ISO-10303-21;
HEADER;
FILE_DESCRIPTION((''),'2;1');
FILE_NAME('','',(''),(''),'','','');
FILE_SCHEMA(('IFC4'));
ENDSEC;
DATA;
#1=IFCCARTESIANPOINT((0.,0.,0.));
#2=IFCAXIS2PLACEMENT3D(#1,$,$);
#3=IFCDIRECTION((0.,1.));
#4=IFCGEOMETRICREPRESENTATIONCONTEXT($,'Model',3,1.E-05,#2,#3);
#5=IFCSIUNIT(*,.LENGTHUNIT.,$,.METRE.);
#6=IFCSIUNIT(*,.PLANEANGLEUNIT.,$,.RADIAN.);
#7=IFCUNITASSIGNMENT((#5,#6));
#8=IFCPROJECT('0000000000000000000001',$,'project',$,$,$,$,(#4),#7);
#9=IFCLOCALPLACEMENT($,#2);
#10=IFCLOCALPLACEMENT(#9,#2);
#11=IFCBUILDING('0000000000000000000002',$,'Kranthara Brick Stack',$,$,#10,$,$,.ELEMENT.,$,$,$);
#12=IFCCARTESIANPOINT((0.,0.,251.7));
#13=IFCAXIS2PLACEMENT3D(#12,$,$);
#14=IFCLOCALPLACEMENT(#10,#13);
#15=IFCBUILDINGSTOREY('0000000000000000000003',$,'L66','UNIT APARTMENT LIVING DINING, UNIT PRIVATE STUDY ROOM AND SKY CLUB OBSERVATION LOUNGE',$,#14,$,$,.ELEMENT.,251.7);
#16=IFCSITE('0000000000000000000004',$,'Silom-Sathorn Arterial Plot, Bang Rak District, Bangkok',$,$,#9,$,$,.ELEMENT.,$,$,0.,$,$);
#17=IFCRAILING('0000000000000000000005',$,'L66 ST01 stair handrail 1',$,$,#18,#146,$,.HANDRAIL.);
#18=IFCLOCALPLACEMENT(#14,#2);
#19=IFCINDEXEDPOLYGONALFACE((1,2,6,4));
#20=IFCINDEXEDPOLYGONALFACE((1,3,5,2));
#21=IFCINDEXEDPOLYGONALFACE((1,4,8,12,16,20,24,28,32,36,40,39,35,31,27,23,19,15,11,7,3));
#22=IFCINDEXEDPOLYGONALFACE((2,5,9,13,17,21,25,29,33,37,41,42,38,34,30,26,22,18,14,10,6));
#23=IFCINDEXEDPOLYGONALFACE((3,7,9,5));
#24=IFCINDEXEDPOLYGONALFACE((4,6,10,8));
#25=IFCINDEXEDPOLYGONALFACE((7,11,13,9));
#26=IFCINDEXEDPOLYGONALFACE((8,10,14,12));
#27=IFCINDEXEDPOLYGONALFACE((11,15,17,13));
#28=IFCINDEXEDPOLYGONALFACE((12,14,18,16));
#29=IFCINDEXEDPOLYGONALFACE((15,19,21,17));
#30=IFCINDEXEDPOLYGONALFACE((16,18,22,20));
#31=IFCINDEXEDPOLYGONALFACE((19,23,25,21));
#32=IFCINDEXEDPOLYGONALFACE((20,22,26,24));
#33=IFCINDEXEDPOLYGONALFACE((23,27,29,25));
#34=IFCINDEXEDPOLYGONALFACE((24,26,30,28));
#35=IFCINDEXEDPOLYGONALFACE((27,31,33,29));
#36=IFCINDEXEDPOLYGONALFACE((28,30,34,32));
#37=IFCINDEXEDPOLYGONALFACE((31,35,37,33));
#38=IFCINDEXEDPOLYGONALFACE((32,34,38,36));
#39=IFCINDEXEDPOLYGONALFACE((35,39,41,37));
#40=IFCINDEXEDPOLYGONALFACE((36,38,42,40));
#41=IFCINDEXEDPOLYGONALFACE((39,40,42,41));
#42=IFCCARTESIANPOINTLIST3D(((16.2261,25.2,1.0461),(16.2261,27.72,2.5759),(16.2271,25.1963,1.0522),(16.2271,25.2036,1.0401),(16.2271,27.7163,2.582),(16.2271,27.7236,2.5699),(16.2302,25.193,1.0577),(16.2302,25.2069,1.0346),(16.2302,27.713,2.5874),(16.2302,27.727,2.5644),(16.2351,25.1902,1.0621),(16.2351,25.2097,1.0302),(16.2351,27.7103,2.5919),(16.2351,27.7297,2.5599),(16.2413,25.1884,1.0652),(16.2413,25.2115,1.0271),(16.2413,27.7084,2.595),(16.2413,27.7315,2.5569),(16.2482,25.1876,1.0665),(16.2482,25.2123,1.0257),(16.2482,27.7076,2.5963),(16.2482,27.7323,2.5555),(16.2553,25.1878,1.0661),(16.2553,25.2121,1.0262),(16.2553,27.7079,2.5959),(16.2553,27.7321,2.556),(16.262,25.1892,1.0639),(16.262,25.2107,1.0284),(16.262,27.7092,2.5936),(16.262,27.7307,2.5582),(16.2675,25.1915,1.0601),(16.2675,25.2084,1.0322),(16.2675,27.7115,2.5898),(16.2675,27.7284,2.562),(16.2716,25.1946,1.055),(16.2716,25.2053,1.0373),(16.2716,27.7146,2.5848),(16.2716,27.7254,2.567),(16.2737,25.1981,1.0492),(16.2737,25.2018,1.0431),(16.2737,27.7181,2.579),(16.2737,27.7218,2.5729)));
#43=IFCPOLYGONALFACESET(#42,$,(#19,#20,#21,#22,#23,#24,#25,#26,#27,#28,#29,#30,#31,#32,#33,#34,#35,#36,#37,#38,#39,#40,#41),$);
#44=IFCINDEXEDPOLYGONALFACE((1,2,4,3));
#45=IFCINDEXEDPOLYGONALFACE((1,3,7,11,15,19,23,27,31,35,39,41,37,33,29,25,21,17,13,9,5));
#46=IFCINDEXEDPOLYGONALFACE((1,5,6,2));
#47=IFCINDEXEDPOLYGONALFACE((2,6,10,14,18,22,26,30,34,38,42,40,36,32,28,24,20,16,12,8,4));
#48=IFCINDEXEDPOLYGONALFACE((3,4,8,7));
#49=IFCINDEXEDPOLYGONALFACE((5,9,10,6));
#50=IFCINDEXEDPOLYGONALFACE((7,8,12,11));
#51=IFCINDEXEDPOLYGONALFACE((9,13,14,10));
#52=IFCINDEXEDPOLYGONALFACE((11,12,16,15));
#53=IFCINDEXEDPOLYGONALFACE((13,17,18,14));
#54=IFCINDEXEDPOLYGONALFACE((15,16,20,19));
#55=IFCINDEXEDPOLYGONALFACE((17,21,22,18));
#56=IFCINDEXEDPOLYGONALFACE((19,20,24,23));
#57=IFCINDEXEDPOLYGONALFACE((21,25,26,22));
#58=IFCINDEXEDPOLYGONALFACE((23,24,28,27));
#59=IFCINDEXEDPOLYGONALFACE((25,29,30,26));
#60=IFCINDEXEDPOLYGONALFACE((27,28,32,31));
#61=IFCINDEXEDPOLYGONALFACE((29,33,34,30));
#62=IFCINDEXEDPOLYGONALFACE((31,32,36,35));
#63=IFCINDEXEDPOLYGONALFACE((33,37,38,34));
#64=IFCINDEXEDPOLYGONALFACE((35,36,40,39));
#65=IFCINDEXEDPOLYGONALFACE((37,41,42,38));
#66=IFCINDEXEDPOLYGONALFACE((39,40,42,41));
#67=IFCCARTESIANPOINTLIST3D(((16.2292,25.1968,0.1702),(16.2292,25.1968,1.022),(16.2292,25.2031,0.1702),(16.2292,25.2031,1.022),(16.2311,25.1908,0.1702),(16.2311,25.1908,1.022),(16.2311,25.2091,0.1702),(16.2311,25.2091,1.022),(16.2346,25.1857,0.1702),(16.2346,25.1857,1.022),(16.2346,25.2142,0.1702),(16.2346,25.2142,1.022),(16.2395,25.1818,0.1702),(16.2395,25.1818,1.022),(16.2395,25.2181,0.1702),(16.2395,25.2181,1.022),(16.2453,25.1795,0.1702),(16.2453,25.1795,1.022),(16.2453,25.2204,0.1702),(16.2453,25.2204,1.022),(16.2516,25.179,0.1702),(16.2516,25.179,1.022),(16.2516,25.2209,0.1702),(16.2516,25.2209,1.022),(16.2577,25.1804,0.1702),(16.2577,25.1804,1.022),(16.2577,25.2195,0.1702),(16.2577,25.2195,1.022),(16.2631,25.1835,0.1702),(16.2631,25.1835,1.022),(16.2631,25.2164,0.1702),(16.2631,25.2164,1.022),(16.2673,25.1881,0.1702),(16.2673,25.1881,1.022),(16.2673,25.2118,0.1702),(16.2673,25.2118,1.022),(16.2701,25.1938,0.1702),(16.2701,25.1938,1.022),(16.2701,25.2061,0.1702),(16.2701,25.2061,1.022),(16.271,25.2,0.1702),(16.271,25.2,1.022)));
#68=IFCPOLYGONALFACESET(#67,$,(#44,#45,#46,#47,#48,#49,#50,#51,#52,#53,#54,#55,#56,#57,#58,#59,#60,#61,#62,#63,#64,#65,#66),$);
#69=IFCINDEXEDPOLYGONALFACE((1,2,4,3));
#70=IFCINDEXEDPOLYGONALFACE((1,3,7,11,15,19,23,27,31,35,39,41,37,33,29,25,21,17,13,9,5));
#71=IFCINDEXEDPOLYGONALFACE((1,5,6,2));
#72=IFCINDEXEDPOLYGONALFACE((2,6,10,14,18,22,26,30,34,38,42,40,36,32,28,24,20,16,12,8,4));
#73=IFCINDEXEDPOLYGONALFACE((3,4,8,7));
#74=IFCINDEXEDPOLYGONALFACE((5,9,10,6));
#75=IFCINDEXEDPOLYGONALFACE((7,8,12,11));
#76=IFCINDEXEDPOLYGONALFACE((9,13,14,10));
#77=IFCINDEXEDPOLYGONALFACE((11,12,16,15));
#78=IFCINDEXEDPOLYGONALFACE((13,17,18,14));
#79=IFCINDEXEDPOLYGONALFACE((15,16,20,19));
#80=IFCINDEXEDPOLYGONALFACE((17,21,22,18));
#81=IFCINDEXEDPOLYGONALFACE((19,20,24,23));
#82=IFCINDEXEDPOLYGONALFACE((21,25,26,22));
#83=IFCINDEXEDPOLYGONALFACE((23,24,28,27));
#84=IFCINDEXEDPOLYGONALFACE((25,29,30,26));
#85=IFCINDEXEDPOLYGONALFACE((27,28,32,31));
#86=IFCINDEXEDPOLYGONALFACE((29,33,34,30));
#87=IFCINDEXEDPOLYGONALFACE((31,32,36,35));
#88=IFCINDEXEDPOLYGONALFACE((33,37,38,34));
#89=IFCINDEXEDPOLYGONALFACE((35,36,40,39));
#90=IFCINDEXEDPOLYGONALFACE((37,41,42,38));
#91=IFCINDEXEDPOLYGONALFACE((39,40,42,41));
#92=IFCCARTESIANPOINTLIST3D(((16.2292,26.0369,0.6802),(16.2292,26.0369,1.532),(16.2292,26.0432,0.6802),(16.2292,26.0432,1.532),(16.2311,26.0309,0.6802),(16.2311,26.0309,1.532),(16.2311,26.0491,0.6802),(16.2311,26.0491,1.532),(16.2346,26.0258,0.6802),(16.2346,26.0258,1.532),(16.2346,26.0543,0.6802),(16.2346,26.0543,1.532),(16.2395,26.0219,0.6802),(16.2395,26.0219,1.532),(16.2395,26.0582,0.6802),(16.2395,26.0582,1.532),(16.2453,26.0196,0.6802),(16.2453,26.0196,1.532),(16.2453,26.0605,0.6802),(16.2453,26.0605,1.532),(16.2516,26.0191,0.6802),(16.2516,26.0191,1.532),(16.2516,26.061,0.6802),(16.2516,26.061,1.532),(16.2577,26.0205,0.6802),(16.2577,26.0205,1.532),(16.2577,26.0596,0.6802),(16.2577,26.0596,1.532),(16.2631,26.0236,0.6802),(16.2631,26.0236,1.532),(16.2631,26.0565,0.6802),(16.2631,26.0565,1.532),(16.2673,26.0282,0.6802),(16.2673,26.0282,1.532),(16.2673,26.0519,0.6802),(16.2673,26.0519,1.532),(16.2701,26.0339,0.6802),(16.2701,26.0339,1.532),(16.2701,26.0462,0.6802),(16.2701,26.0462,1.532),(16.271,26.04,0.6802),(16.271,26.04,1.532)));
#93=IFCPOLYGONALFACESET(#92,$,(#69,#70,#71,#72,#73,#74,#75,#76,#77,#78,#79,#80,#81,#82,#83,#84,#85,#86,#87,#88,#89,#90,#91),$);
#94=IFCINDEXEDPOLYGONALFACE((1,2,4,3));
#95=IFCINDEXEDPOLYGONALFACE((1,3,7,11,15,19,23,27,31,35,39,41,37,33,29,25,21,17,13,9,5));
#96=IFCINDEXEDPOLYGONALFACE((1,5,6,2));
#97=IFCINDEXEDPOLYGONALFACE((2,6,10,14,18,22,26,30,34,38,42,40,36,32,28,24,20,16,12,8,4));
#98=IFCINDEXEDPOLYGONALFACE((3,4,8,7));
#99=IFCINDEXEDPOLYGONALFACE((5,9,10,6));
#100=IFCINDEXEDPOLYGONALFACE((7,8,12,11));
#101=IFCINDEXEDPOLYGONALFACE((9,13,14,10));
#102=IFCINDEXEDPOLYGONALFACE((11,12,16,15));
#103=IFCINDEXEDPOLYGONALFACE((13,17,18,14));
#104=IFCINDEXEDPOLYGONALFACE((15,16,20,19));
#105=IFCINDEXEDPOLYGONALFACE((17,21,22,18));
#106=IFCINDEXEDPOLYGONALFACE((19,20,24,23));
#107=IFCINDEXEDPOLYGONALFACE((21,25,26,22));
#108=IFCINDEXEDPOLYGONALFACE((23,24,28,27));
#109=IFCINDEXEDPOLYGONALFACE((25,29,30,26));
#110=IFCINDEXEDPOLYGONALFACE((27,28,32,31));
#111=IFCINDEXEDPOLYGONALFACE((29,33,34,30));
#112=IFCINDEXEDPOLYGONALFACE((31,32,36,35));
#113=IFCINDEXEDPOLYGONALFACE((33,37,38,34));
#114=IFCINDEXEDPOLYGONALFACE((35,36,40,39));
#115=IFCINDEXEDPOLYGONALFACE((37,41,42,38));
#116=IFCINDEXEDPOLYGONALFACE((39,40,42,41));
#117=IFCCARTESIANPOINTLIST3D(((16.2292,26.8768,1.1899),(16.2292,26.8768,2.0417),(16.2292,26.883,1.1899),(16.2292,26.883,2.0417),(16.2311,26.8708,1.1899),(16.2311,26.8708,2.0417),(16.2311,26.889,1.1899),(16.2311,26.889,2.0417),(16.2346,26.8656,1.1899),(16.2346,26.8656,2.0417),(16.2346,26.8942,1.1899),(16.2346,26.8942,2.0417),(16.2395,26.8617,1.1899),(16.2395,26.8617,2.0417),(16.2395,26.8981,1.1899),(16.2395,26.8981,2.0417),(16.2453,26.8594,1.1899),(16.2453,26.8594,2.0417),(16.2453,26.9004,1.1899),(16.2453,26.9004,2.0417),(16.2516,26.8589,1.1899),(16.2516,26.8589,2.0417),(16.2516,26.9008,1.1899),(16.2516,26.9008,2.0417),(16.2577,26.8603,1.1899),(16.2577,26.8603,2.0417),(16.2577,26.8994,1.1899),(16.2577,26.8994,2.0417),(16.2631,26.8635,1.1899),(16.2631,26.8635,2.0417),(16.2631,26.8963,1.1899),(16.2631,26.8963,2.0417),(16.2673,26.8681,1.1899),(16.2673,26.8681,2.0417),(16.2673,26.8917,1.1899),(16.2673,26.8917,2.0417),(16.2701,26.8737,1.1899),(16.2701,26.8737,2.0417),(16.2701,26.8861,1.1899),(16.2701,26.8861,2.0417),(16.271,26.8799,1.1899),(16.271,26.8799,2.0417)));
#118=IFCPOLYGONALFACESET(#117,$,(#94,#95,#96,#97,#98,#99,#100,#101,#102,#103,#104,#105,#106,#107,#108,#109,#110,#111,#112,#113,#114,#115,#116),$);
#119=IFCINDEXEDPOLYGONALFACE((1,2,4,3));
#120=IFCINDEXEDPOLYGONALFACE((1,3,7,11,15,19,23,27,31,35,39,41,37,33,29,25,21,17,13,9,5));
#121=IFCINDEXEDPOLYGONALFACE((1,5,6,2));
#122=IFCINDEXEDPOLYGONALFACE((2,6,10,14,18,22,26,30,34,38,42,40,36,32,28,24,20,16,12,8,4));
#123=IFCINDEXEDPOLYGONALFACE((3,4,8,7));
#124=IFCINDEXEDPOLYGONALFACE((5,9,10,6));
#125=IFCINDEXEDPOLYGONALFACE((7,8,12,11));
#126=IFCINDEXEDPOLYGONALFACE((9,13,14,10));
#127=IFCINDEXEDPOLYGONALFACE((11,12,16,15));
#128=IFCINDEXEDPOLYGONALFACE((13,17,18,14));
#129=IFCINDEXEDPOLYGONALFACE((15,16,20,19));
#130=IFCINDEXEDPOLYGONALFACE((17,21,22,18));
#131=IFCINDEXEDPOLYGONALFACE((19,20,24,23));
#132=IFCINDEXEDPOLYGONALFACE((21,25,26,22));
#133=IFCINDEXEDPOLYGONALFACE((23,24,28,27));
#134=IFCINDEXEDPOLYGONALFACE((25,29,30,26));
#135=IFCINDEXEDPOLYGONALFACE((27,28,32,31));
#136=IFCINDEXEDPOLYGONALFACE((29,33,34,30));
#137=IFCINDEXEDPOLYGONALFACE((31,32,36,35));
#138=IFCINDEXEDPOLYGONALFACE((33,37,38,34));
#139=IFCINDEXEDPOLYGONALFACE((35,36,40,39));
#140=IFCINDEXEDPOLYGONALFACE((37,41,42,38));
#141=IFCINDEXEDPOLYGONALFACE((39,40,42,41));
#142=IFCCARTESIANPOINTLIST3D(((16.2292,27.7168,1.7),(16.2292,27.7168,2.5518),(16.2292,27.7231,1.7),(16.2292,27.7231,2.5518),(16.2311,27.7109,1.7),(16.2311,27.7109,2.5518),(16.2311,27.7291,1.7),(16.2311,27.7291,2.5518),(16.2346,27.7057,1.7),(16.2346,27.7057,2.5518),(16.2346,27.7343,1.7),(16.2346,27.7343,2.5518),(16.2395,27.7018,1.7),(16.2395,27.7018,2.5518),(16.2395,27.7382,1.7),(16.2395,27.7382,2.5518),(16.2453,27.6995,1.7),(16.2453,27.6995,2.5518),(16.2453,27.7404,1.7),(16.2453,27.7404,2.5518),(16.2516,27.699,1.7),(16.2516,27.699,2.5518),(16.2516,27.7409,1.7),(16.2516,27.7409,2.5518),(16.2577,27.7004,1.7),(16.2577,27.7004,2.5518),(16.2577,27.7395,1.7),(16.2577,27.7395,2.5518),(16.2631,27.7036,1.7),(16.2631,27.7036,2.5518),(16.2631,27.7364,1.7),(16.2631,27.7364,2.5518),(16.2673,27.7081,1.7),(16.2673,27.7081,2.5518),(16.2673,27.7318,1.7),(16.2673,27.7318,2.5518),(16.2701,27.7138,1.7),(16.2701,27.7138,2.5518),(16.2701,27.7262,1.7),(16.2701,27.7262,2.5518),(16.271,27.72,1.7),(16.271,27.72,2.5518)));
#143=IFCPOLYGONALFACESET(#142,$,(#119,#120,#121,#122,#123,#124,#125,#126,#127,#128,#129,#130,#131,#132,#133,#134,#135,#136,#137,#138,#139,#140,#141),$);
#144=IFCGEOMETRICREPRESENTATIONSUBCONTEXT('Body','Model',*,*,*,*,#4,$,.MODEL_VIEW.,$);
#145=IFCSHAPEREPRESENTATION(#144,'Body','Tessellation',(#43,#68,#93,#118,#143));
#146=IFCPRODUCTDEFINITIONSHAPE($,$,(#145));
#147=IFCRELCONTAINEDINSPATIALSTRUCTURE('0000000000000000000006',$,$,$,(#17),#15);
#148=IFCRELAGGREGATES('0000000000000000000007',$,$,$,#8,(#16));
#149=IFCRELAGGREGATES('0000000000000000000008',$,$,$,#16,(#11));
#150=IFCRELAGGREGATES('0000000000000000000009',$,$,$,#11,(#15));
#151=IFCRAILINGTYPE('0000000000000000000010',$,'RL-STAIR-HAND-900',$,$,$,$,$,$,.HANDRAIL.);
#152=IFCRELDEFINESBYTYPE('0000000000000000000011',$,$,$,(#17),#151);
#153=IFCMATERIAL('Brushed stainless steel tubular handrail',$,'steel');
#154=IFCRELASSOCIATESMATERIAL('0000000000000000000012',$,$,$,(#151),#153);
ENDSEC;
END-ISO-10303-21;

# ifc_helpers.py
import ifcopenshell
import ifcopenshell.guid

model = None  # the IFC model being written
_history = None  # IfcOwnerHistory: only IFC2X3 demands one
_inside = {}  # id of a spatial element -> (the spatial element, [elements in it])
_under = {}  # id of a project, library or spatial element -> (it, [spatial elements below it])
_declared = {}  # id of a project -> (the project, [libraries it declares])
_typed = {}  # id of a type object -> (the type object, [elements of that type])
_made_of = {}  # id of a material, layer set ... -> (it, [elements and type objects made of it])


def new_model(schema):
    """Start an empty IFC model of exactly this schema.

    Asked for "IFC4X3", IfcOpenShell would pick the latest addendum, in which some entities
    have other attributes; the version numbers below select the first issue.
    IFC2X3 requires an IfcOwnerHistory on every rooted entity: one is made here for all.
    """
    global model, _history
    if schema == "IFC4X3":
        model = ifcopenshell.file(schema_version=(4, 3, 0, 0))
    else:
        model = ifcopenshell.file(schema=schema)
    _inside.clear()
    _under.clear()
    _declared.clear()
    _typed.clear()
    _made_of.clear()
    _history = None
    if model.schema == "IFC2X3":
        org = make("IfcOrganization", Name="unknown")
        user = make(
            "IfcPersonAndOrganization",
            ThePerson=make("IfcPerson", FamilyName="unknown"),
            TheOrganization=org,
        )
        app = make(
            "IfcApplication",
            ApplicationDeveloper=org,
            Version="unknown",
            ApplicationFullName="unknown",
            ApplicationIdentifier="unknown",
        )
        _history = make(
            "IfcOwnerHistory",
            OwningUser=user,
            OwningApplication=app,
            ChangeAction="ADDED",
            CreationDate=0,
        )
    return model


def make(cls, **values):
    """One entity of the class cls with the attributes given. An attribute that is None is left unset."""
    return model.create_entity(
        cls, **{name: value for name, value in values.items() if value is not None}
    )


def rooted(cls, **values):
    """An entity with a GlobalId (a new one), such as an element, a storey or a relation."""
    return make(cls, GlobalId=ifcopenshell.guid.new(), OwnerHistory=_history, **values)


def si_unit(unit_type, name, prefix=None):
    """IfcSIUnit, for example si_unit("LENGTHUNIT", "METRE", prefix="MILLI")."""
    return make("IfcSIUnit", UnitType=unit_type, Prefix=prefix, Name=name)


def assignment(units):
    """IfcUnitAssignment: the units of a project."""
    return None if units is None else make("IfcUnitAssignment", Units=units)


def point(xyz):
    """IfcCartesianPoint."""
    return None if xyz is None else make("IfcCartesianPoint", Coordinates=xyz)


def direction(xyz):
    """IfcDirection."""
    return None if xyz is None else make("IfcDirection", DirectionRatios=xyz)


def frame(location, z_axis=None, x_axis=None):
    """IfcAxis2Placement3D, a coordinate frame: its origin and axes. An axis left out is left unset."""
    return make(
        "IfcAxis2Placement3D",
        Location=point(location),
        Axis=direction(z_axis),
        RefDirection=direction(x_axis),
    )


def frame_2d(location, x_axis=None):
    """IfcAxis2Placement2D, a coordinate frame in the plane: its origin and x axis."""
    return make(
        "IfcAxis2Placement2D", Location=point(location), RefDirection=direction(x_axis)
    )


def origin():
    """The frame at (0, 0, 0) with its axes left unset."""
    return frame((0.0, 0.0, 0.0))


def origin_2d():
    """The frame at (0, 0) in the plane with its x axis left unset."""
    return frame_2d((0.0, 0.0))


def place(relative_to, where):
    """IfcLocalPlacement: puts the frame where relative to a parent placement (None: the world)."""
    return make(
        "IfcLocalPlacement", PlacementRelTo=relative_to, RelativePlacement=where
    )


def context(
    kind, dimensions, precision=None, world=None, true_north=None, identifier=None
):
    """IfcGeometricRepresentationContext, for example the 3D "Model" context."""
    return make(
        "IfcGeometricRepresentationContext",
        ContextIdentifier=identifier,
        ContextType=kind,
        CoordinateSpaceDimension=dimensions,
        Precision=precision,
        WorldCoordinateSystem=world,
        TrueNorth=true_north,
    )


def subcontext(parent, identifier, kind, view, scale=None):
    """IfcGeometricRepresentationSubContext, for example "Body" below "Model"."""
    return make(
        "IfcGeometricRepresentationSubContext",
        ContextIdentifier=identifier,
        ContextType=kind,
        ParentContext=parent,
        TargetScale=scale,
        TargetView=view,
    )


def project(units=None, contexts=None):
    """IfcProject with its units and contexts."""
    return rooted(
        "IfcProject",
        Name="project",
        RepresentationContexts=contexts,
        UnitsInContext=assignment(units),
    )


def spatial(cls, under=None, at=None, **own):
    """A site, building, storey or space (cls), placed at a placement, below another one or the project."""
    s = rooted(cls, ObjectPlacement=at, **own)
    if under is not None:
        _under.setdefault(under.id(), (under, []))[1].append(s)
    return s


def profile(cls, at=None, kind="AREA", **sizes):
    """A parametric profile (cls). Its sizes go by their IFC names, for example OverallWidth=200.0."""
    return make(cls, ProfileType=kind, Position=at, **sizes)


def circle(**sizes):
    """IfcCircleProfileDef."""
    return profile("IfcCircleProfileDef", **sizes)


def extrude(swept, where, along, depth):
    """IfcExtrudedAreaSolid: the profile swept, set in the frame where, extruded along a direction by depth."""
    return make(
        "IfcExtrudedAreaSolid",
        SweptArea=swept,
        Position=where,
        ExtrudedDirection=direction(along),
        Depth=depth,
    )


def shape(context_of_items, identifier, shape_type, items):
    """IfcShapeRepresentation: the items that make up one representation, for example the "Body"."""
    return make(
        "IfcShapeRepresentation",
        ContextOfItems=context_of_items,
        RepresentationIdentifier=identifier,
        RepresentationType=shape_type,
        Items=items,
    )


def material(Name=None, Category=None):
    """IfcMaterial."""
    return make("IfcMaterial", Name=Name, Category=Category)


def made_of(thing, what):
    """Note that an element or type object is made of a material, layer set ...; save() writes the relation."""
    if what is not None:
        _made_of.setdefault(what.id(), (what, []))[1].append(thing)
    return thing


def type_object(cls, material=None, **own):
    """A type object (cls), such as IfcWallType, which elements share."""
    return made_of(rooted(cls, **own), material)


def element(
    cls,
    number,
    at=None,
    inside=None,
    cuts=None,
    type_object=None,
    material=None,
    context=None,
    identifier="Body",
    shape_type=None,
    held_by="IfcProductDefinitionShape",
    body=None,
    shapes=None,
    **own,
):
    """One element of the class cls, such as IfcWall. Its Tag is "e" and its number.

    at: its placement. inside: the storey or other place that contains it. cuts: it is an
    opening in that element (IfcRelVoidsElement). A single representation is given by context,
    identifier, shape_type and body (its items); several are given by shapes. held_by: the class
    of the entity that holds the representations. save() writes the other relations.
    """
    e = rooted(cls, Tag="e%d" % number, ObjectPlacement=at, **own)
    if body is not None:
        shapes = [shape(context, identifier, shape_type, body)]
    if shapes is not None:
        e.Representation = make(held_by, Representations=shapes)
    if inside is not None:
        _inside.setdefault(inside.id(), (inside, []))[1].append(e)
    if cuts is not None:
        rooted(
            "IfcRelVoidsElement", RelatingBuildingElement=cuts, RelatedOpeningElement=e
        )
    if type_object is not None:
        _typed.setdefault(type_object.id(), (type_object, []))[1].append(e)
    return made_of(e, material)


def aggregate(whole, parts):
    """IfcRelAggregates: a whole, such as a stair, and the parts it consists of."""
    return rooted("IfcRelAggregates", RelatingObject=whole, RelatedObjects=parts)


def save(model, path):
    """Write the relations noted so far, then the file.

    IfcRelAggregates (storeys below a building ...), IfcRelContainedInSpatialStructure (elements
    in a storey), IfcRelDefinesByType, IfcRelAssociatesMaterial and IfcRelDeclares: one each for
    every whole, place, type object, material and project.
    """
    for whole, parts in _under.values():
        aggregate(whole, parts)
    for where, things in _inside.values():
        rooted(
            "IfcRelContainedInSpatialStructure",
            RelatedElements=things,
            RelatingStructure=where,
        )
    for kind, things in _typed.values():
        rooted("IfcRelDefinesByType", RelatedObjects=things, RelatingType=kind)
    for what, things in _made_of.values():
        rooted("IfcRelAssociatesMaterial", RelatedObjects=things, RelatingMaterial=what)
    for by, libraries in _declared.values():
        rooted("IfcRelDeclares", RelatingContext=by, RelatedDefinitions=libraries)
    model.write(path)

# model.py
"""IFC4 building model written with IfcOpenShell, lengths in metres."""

from ifc_helpers import new_model, si_unit, direction, frame, origin, origin_2d, place, context, subcontext, project, spatial, circle, extrude, material, type_object, element, save


model = new_model("IFC4")

# Units and contexts
model_context = context("Model", 3, precision=1e-05, world=origin(), true_north=direction((0.0, 1.0)))
body_context = subcontext(model_context, "Body", "Model", "MODEL_VIEW")
ifc_project = project(units=[si_unit("LENGTHUNIT", "METRE"), si_unit("PLANEANGLEUNIT", "RADIAN")], contexts=[model_context])

# Site, building, storey
site_placement = place(None, origin())
site = spatial("IfcSite", under=ifc_project, at=site_placement, Name="Silom-Sathorn Arterial Plot, Bang Rak District, Bangkok", CompositionType="ELEMENT", RefElevation=0.0)
building_placement = place(site_placement, origin())
building = spatial("IfcBuilding", under=site, at=building_placement, Name="Kranthara Brick Stack", CompositionType="ELEMENT")
storey_placement = place(building_placement, frame((0.0, 0.0, 251.7)))
storey = spatial("IfcBuildingStorey", under=building, at=storey_placement, Name="L66", Description="UNIT APARTMENT LIVING DINING, UNIT PRIVATE STUDY ROOM AND SKY CLUB OBSERVATION LOUNGE", CompositionType="ELEMENT", Elevation=251.7)

# Railing
ifc_material_1 = material(Name="Brushed stainless steel tubular handrail", Category="steel")
railing_type_1 = type_object("IfcRailingType", Name="RL-STAIR-HAND-900", PredefinedType="HANDRAIL", material=ifc_material_1)
railing_1_placement = place(storey_placement, frame((16.25, 25.2, 0.1702)))
element("IfcRailing", 1, at=railing_1_placement, inside=storey, type_object=railing_type_1, Name="L66 ST01 stair handrail 1", PredefinedType="HANDRAIL", context=body_context, shape_type="SweptSolid", body=[
    extrude(circle(Radius=0.0239, at=origin_2d()), frame((0.0, 0.0, 0.876), z_axis=(0.0, 0.854822, 0.518922), x_axis=(-1.0, 0.0, 0.0)), (0.0, 0.0, 1.0), 2.948),
    extrude(circle(Radius=0.021, at=origin_2d()), origin(), (0.0, 0.0, 1.0), 0.8518),
    extrude(circle(Radius=0.021, at=origin_2d()), frame((0.0, 0.8401, 0.51)), (0.0, 0.0, 1.0), 0.8518),
    extrude(circle(Radius=0.021, at=origin_2d()), frame((0.0, 1.6799, 1.0198)), (0.0, 0.0, 1.0), 0.8518),
    extrude(circle(Radius=0.021, at=origin_2d()), frame((0.0, 2.52, 1.5298)), (0.0, 0.0, 1.0), 0.8518),
])

save(model, "model.ifc")
